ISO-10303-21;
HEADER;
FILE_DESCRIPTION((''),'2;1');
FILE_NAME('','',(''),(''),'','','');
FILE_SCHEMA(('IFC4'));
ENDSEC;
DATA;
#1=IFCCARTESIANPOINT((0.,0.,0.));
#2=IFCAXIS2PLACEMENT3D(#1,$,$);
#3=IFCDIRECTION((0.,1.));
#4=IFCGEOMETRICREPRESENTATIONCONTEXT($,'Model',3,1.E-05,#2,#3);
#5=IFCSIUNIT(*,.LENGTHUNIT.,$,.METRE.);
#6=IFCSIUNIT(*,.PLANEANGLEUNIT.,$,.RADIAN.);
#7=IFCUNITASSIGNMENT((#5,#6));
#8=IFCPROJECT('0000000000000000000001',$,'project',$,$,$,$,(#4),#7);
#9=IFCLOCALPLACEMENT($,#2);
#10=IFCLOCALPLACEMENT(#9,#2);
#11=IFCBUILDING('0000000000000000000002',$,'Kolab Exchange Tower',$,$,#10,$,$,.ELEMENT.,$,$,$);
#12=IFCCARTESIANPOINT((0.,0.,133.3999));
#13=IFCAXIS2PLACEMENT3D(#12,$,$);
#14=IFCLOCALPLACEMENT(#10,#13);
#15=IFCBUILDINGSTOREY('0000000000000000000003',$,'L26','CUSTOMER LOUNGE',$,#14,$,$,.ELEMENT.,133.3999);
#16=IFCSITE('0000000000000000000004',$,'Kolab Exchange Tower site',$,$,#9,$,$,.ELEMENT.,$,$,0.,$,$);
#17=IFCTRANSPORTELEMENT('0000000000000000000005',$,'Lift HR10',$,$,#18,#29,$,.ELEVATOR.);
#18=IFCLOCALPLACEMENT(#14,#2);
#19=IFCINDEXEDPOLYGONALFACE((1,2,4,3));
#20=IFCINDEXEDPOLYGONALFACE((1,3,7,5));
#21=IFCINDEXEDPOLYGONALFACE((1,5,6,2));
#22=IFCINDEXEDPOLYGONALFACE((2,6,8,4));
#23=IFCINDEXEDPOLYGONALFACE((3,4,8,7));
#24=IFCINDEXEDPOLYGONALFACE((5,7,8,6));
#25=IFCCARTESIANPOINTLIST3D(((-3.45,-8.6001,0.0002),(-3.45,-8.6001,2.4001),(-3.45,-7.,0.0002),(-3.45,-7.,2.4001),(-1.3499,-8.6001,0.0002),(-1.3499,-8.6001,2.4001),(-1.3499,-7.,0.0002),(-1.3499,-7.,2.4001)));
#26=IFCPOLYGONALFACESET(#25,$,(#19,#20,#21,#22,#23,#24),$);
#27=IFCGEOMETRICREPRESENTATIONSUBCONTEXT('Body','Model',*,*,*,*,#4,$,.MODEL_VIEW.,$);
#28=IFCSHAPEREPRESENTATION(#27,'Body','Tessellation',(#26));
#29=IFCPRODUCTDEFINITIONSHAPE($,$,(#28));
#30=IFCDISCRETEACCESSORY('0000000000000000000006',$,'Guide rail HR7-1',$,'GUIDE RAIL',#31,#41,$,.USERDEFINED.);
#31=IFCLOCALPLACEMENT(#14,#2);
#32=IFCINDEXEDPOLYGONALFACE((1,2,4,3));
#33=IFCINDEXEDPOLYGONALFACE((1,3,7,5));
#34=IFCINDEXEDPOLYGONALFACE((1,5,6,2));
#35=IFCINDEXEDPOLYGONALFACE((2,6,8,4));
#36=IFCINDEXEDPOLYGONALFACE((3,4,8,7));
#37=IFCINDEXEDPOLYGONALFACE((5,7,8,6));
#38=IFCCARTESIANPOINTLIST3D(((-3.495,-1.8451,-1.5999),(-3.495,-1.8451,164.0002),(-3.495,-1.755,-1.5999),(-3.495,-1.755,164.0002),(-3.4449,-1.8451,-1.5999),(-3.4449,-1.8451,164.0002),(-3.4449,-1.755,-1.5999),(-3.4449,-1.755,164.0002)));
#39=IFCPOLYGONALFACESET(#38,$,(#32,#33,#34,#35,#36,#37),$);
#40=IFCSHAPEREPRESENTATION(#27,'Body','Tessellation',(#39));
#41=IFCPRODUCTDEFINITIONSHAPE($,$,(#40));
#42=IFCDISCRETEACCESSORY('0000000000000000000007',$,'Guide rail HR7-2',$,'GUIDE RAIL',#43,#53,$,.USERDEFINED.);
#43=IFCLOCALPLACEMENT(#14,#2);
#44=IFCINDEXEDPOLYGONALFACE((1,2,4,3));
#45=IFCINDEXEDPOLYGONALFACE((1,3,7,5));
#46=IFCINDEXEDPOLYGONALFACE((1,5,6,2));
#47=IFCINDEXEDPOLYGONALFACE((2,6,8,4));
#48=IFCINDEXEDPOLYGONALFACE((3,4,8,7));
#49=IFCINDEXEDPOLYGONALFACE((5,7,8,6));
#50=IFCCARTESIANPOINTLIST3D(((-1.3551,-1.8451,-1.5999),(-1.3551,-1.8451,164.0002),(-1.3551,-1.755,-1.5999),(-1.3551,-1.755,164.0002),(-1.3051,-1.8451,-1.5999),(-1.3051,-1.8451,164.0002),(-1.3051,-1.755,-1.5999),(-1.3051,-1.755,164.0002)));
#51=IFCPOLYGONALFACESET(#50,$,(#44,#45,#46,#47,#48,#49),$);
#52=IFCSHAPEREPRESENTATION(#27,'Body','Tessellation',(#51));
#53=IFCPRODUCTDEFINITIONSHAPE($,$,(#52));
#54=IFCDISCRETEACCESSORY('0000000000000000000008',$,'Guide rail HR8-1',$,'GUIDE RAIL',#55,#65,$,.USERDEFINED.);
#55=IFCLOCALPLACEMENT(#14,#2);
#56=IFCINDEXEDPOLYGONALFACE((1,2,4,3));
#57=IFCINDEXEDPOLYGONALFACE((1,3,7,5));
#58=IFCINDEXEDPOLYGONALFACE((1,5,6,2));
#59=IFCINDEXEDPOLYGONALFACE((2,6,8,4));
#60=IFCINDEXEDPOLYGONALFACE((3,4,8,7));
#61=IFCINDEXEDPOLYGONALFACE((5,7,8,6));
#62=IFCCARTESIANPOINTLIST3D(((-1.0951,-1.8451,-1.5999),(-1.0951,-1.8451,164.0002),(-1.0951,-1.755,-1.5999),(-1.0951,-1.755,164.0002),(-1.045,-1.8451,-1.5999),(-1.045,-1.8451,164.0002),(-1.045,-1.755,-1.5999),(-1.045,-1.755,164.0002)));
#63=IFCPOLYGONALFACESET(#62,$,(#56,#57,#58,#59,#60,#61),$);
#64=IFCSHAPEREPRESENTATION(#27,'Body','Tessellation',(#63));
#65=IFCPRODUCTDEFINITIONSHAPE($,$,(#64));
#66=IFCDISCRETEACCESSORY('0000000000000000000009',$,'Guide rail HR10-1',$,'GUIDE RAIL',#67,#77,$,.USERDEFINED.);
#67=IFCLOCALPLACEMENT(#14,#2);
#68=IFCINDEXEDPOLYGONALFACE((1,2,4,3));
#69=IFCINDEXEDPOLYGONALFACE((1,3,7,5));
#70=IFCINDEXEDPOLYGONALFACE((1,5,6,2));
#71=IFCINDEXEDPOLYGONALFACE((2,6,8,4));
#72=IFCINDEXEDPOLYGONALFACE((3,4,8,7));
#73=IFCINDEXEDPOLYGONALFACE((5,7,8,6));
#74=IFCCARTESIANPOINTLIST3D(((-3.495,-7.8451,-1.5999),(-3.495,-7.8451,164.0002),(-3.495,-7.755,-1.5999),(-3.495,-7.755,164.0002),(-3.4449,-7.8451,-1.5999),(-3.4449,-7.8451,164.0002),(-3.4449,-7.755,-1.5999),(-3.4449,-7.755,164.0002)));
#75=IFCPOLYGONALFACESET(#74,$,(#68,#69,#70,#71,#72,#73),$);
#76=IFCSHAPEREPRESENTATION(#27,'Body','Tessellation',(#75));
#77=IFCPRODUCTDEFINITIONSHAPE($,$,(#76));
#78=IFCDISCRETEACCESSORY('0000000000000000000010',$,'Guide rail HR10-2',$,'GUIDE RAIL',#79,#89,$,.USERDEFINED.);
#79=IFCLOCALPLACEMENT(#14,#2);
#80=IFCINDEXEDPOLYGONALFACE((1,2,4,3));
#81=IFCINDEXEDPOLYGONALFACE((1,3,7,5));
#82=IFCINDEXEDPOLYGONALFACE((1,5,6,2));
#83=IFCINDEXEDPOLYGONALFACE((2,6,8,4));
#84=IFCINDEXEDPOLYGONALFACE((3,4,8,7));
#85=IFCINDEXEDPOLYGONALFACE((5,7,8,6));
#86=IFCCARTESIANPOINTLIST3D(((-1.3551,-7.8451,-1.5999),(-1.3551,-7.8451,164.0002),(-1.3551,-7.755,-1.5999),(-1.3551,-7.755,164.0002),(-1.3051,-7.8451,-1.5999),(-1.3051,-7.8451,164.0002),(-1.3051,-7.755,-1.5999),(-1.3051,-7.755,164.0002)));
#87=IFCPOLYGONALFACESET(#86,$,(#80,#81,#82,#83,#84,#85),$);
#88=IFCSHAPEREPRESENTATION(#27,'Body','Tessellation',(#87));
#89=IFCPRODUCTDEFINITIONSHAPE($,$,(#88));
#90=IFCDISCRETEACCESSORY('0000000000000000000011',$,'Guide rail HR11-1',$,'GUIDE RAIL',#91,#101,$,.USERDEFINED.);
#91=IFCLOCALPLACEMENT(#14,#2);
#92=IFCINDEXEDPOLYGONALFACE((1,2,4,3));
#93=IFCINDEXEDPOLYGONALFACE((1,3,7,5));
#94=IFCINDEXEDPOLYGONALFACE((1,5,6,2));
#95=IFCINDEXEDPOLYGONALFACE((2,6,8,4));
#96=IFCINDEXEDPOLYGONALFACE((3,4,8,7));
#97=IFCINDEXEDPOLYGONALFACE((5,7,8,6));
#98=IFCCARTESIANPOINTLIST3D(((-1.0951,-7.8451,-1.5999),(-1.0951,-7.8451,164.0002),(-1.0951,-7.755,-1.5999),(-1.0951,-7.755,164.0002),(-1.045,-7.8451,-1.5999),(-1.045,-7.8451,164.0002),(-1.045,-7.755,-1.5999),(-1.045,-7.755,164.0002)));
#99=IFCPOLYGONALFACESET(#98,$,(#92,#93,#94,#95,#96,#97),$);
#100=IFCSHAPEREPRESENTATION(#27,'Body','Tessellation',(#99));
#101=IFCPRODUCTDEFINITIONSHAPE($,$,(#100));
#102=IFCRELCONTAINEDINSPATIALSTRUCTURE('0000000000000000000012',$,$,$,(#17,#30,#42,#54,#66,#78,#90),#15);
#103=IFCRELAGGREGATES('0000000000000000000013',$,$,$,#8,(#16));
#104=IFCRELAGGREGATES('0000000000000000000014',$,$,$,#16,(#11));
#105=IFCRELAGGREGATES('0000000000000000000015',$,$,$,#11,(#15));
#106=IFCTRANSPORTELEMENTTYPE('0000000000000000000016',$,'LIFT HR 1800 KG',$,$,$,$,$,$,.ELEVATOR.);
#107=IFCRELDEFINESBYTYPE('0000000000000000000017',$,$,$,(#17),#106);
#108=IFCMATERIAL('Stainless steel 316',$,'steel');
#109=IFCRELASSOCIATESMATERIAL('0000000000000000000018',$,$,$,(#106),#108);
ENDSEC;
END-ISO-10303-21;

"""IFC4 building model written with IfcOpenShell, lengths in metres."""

from ifc_helpers import new_model, si_unit, direction, frame, origin, origin_2d, place, context, subcontext, project, spatial, rectangle, extrude, material, type_object, element, save


model = new_model("IFC4")

# Units and contexts
model_context = context("Model", 3, precision=1e-05, world=origin(), true_north=direction((0.0, 1.0)))
body_context = subcontext(model_context, "Body", "Model", "MODEL_VIEW")
ifc_project = project(units=[si_unit("LENGTHUNIT", "METRE"), si_unit("PLANEANGLEUNIT", "RADIAN")], contexts=[model_context])

# Site, building, storey
site_placement = place(None, origin())
site = spatial("IfcSite", under=ifc_project, at=site_placement, Name="Kolab Exchange Tower site", CompositionType="ELEMENT", RefElevation=0.0)
building_placement = place(site_placement, origin())
building = spatial("IfcBuilding", under=site, at=building_placement, Name="Kolab Exchange Tower", CompositionType="ELEMENT")
storey_placement = place(building_placement, frame((0.0, 0.0, 133.3999)))
storey = spatial("IfcBuildingStorey", under=building, at=storey_placement, Name="L26", Description="CUSTOMER LOUNGE", CompositionType="ELEMENT", Elevation=133.3999)

# Shared definitions
ifc_material_1 = material(Name="Stainless steel 316", Category="steel")

# Transport element
transport_element_type = type_object("IfcTransportElementType", Name="LIFT HR 1800 KG", PredefinedType="ELEVATOR", material=ifc_material_1)
for number, where, z_axis, x_axis, name in (
    (1, (-2.3999, -7.8, 0.0002), (0.0, 0.0, 1.0), (1.0, 0.0, 0.0), "Lift HR10"),
):
    element("IfcTransportElement", number, at=place(storey_placement, frame(where, z_axis=z_axis, x_axis=x_axis)), inside=storey, type_object=transport_element_type, Name=name, PredefinedType="ELEVATOR", context=body_context, shape_type="SweptSolid", body=[
        extrude(rectangle(XDim=2.1001, YDim=1.6001, at=origin_2d()), origin(), (0.0, 0.0, 1.0), 2.3999),
    ])

# Discrete accessories
for number, where, z_axis, x_axis, name in (
    (2, (-3.47, -1.8, -1.5999), (0.0, 0.0, 1.0), (1.0, 0.0, 0.0), "Guide rail HR7-1"),
    (3, (-1.3301, -1.8, -1.5999), (0.0, 0.0, 1.0), (1.0, 0.0, 0.0), "Guide rail HR7-2"),
    (4, (-1.0701, -1.8, -1.5999), (0.0, 0.0, 1.0), (1.0, 0.0, 0.0), "Guide rail HR8-1"),
    (5, (-3.47, -7.8, -1.5999), (0.0, 0.0, 1.0), (1.0, 0.0, 0.0), "Guide rail HR10-1"),
    (6, (-1.3301, -7.8, -1.5999), (0.0, 0.0, 1.0), (1.0, 0.0, 0.0), "Guide rail HR10-2"),
    (7, (-1.0701, -7.8, -1.5999), (0.0, 0.0, 1.0), (1.0, 0.0, 0.0), "Guide rail HR11-1"),
):
    element("IfcDiscreteAccessory", number, at=place(storey_placement, frame(where, z_axis=z_axis, x_axis=x_axis)), inside=storey, Name=name, ObjectType="GUIDE RAIL", PredefinedType="USERDEFINED", context=body_context, shape_type="SweptSolid", body=[
        extrude(rectangle(XDim=0.05, YDim=0.0901, at=origin_2d()), origin(), (0.0, 0.0, 1.0), 165.6001),
    ])

save(model, "model.ifc")
